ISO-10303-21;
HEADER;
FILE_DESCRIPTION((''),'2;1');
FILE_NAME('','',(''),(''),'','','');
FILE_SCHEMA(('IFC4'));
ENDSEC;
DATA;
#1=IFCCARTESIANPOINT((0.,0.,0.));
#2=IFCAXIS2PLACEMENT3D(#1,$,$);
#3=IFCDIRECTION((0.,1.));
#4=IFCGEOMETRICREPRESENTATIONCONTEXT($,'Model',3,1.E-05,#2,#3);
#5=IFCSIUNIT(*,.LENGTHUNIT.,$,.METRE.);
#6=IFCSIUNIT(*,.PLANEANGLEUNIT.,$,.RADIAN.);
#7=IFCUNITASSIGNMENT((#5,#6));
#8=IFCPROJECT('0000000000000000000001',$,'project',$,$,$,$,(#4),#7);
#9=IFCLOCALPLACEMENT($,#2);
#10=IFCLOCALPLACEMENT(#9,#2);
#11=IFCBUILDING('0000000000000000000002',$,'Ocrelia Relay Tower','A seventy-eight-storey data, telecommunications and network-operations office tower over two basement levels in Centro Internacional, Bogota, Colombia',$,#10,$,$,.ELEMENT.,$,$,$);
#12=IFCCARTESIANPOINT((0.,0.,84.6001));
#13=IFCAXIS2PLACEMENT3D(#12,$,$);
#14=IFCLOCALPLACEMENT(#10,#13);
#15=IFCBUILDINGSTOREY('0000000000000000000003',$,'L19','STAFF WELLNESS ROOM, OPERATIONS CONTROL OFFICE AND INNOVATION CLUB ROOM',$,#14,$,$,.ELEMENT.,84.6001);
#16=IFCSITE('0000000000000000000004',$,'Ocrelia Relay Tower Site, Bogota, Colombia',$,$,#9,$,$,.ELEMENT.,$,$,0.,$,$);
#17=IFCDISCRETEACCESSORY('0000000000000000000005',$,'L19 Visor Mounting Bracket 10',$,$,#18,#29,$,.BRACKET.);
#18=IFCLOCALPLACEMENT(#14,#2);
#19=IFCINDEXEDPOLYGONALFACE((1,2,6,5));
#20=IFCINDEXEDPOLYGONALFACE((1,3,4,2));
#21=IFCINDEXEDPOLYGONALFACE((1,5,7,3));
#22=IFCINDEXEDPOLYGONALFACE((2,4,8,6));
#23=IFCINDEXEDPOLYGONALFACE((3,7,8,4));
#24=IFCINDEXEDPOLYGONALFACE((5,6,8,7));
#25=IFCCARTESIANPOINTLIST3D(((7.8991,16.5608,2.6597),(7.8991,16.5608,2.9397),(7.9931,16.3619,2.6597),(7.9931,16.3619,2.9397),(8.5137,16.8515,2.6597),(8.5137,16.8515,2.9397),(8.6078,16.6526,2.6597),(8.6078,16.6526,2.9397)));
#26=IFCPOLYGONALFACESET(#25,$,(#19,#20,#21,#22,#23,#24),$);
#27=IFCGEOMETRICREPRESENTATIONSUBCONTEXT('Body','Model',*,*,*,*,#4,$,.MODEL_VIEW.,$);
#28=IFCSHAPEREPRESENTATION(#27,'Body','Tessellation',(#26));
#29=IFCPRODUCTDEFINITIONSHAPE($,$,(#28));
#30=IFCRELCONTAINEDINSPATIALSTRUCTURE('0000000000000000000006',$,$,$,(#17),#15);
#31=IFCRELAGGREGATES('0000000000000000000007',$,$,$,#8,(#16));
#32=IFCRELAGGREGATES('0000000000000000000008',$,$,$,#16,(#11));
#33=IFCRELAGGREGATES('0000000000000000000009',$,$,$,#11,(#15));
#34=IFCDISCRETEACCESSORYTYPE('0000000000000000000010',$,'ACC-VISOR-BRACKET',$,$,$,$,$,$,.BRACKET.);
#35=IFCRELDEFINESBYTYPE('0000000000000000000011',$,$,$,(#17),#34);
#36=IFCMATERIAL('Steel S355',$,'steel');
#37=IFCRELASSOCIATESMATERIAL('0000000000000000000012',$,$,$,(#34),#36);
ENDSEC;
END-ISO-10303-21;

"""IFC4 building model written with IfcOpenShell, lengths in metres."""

from ifc_helpers import new_model, si_unit, direction, frame, origin, origin_2d, place, context, subcontext, project, spatial, rectangle, extrude, material, type_object, element, save


model = new_model("IFC4")

# Units and contexts
model_context = context("Model", 3, precision=1e-05, world=origin(), true_north=direction((0.0, 1.0)))
body_context = subcontext(model_context, "Body", "Model", "MODEL_VIEW")
ifc_project = project(units=[si_unit("LENGTHUNIT", "METRE"), si_unit("PLANEANGLEUNIT", "RADIAN")], contexts=[model_context])

# Site, building, storey
site_placement = place(None, origin())
site = spatial("IfcSite", under=ifc_project, at=site_placement, Name="Ocrelia Relay Tower Site, Bogota, Colombia", CompositionType="ELEMENT", RefElevation=0.0)
building_placement = place(site_placement, origin())
building = spatial("IfcBuilding", under=site, at=building_placement, Name="Ocrelia Relay Tower", Description="A seventy-eight-storey data, telecommunications and network-operations office tower over two basement levels in Centro Internacional, Bogota, Colombia", CompositionType="ELEMENT")
storey_placement = place(building_placement, frame((0.0, 0.0, 84.6001)))
storey = spatial("IfcBuildingStorey", under=building, at=storey_placement, Name="L19", Description="STAFF WELLNESS ROOM, OPERATIONS CONTROL OFFICE AND INNOVATION CLUB ROOM", CompositionType="ELEMENT", Elevation=84.6001)

# Discrete accessory
ifc_material_1 = material(Name="Steel S355", Category="steel")
discrete_accessory_type = type_object("IfcDiscreteAccessoryType", Name="ACC-VISOR-BRACKET", PredefinedType="BRACKET", material=ifc_material_1)
discrete_accessory_placement = place(storey_placement, frame((8.2534, 16.6067, 2.6597), z_axis=(0.0, 0.0, 1.0), x_axis=(0.427517, -0.904007, 0.0)))
element("IfcDiscreteAccessory", 1, at=discrete_accessory_placement, inside=storey, type_object=discrete_accessory_type, Name="L19 Visor Mounting Bracket 10", PredefinedType="BRACKET", context=body_context, shape_type="SweptSolid", body=[
    extrude(rectangle(XDim=0.22, YDim=0.6799, at=origin_2d()), origin(), (0.0, 0.0, 1.0), 0.28),
])

save(model, "model.ifc")
